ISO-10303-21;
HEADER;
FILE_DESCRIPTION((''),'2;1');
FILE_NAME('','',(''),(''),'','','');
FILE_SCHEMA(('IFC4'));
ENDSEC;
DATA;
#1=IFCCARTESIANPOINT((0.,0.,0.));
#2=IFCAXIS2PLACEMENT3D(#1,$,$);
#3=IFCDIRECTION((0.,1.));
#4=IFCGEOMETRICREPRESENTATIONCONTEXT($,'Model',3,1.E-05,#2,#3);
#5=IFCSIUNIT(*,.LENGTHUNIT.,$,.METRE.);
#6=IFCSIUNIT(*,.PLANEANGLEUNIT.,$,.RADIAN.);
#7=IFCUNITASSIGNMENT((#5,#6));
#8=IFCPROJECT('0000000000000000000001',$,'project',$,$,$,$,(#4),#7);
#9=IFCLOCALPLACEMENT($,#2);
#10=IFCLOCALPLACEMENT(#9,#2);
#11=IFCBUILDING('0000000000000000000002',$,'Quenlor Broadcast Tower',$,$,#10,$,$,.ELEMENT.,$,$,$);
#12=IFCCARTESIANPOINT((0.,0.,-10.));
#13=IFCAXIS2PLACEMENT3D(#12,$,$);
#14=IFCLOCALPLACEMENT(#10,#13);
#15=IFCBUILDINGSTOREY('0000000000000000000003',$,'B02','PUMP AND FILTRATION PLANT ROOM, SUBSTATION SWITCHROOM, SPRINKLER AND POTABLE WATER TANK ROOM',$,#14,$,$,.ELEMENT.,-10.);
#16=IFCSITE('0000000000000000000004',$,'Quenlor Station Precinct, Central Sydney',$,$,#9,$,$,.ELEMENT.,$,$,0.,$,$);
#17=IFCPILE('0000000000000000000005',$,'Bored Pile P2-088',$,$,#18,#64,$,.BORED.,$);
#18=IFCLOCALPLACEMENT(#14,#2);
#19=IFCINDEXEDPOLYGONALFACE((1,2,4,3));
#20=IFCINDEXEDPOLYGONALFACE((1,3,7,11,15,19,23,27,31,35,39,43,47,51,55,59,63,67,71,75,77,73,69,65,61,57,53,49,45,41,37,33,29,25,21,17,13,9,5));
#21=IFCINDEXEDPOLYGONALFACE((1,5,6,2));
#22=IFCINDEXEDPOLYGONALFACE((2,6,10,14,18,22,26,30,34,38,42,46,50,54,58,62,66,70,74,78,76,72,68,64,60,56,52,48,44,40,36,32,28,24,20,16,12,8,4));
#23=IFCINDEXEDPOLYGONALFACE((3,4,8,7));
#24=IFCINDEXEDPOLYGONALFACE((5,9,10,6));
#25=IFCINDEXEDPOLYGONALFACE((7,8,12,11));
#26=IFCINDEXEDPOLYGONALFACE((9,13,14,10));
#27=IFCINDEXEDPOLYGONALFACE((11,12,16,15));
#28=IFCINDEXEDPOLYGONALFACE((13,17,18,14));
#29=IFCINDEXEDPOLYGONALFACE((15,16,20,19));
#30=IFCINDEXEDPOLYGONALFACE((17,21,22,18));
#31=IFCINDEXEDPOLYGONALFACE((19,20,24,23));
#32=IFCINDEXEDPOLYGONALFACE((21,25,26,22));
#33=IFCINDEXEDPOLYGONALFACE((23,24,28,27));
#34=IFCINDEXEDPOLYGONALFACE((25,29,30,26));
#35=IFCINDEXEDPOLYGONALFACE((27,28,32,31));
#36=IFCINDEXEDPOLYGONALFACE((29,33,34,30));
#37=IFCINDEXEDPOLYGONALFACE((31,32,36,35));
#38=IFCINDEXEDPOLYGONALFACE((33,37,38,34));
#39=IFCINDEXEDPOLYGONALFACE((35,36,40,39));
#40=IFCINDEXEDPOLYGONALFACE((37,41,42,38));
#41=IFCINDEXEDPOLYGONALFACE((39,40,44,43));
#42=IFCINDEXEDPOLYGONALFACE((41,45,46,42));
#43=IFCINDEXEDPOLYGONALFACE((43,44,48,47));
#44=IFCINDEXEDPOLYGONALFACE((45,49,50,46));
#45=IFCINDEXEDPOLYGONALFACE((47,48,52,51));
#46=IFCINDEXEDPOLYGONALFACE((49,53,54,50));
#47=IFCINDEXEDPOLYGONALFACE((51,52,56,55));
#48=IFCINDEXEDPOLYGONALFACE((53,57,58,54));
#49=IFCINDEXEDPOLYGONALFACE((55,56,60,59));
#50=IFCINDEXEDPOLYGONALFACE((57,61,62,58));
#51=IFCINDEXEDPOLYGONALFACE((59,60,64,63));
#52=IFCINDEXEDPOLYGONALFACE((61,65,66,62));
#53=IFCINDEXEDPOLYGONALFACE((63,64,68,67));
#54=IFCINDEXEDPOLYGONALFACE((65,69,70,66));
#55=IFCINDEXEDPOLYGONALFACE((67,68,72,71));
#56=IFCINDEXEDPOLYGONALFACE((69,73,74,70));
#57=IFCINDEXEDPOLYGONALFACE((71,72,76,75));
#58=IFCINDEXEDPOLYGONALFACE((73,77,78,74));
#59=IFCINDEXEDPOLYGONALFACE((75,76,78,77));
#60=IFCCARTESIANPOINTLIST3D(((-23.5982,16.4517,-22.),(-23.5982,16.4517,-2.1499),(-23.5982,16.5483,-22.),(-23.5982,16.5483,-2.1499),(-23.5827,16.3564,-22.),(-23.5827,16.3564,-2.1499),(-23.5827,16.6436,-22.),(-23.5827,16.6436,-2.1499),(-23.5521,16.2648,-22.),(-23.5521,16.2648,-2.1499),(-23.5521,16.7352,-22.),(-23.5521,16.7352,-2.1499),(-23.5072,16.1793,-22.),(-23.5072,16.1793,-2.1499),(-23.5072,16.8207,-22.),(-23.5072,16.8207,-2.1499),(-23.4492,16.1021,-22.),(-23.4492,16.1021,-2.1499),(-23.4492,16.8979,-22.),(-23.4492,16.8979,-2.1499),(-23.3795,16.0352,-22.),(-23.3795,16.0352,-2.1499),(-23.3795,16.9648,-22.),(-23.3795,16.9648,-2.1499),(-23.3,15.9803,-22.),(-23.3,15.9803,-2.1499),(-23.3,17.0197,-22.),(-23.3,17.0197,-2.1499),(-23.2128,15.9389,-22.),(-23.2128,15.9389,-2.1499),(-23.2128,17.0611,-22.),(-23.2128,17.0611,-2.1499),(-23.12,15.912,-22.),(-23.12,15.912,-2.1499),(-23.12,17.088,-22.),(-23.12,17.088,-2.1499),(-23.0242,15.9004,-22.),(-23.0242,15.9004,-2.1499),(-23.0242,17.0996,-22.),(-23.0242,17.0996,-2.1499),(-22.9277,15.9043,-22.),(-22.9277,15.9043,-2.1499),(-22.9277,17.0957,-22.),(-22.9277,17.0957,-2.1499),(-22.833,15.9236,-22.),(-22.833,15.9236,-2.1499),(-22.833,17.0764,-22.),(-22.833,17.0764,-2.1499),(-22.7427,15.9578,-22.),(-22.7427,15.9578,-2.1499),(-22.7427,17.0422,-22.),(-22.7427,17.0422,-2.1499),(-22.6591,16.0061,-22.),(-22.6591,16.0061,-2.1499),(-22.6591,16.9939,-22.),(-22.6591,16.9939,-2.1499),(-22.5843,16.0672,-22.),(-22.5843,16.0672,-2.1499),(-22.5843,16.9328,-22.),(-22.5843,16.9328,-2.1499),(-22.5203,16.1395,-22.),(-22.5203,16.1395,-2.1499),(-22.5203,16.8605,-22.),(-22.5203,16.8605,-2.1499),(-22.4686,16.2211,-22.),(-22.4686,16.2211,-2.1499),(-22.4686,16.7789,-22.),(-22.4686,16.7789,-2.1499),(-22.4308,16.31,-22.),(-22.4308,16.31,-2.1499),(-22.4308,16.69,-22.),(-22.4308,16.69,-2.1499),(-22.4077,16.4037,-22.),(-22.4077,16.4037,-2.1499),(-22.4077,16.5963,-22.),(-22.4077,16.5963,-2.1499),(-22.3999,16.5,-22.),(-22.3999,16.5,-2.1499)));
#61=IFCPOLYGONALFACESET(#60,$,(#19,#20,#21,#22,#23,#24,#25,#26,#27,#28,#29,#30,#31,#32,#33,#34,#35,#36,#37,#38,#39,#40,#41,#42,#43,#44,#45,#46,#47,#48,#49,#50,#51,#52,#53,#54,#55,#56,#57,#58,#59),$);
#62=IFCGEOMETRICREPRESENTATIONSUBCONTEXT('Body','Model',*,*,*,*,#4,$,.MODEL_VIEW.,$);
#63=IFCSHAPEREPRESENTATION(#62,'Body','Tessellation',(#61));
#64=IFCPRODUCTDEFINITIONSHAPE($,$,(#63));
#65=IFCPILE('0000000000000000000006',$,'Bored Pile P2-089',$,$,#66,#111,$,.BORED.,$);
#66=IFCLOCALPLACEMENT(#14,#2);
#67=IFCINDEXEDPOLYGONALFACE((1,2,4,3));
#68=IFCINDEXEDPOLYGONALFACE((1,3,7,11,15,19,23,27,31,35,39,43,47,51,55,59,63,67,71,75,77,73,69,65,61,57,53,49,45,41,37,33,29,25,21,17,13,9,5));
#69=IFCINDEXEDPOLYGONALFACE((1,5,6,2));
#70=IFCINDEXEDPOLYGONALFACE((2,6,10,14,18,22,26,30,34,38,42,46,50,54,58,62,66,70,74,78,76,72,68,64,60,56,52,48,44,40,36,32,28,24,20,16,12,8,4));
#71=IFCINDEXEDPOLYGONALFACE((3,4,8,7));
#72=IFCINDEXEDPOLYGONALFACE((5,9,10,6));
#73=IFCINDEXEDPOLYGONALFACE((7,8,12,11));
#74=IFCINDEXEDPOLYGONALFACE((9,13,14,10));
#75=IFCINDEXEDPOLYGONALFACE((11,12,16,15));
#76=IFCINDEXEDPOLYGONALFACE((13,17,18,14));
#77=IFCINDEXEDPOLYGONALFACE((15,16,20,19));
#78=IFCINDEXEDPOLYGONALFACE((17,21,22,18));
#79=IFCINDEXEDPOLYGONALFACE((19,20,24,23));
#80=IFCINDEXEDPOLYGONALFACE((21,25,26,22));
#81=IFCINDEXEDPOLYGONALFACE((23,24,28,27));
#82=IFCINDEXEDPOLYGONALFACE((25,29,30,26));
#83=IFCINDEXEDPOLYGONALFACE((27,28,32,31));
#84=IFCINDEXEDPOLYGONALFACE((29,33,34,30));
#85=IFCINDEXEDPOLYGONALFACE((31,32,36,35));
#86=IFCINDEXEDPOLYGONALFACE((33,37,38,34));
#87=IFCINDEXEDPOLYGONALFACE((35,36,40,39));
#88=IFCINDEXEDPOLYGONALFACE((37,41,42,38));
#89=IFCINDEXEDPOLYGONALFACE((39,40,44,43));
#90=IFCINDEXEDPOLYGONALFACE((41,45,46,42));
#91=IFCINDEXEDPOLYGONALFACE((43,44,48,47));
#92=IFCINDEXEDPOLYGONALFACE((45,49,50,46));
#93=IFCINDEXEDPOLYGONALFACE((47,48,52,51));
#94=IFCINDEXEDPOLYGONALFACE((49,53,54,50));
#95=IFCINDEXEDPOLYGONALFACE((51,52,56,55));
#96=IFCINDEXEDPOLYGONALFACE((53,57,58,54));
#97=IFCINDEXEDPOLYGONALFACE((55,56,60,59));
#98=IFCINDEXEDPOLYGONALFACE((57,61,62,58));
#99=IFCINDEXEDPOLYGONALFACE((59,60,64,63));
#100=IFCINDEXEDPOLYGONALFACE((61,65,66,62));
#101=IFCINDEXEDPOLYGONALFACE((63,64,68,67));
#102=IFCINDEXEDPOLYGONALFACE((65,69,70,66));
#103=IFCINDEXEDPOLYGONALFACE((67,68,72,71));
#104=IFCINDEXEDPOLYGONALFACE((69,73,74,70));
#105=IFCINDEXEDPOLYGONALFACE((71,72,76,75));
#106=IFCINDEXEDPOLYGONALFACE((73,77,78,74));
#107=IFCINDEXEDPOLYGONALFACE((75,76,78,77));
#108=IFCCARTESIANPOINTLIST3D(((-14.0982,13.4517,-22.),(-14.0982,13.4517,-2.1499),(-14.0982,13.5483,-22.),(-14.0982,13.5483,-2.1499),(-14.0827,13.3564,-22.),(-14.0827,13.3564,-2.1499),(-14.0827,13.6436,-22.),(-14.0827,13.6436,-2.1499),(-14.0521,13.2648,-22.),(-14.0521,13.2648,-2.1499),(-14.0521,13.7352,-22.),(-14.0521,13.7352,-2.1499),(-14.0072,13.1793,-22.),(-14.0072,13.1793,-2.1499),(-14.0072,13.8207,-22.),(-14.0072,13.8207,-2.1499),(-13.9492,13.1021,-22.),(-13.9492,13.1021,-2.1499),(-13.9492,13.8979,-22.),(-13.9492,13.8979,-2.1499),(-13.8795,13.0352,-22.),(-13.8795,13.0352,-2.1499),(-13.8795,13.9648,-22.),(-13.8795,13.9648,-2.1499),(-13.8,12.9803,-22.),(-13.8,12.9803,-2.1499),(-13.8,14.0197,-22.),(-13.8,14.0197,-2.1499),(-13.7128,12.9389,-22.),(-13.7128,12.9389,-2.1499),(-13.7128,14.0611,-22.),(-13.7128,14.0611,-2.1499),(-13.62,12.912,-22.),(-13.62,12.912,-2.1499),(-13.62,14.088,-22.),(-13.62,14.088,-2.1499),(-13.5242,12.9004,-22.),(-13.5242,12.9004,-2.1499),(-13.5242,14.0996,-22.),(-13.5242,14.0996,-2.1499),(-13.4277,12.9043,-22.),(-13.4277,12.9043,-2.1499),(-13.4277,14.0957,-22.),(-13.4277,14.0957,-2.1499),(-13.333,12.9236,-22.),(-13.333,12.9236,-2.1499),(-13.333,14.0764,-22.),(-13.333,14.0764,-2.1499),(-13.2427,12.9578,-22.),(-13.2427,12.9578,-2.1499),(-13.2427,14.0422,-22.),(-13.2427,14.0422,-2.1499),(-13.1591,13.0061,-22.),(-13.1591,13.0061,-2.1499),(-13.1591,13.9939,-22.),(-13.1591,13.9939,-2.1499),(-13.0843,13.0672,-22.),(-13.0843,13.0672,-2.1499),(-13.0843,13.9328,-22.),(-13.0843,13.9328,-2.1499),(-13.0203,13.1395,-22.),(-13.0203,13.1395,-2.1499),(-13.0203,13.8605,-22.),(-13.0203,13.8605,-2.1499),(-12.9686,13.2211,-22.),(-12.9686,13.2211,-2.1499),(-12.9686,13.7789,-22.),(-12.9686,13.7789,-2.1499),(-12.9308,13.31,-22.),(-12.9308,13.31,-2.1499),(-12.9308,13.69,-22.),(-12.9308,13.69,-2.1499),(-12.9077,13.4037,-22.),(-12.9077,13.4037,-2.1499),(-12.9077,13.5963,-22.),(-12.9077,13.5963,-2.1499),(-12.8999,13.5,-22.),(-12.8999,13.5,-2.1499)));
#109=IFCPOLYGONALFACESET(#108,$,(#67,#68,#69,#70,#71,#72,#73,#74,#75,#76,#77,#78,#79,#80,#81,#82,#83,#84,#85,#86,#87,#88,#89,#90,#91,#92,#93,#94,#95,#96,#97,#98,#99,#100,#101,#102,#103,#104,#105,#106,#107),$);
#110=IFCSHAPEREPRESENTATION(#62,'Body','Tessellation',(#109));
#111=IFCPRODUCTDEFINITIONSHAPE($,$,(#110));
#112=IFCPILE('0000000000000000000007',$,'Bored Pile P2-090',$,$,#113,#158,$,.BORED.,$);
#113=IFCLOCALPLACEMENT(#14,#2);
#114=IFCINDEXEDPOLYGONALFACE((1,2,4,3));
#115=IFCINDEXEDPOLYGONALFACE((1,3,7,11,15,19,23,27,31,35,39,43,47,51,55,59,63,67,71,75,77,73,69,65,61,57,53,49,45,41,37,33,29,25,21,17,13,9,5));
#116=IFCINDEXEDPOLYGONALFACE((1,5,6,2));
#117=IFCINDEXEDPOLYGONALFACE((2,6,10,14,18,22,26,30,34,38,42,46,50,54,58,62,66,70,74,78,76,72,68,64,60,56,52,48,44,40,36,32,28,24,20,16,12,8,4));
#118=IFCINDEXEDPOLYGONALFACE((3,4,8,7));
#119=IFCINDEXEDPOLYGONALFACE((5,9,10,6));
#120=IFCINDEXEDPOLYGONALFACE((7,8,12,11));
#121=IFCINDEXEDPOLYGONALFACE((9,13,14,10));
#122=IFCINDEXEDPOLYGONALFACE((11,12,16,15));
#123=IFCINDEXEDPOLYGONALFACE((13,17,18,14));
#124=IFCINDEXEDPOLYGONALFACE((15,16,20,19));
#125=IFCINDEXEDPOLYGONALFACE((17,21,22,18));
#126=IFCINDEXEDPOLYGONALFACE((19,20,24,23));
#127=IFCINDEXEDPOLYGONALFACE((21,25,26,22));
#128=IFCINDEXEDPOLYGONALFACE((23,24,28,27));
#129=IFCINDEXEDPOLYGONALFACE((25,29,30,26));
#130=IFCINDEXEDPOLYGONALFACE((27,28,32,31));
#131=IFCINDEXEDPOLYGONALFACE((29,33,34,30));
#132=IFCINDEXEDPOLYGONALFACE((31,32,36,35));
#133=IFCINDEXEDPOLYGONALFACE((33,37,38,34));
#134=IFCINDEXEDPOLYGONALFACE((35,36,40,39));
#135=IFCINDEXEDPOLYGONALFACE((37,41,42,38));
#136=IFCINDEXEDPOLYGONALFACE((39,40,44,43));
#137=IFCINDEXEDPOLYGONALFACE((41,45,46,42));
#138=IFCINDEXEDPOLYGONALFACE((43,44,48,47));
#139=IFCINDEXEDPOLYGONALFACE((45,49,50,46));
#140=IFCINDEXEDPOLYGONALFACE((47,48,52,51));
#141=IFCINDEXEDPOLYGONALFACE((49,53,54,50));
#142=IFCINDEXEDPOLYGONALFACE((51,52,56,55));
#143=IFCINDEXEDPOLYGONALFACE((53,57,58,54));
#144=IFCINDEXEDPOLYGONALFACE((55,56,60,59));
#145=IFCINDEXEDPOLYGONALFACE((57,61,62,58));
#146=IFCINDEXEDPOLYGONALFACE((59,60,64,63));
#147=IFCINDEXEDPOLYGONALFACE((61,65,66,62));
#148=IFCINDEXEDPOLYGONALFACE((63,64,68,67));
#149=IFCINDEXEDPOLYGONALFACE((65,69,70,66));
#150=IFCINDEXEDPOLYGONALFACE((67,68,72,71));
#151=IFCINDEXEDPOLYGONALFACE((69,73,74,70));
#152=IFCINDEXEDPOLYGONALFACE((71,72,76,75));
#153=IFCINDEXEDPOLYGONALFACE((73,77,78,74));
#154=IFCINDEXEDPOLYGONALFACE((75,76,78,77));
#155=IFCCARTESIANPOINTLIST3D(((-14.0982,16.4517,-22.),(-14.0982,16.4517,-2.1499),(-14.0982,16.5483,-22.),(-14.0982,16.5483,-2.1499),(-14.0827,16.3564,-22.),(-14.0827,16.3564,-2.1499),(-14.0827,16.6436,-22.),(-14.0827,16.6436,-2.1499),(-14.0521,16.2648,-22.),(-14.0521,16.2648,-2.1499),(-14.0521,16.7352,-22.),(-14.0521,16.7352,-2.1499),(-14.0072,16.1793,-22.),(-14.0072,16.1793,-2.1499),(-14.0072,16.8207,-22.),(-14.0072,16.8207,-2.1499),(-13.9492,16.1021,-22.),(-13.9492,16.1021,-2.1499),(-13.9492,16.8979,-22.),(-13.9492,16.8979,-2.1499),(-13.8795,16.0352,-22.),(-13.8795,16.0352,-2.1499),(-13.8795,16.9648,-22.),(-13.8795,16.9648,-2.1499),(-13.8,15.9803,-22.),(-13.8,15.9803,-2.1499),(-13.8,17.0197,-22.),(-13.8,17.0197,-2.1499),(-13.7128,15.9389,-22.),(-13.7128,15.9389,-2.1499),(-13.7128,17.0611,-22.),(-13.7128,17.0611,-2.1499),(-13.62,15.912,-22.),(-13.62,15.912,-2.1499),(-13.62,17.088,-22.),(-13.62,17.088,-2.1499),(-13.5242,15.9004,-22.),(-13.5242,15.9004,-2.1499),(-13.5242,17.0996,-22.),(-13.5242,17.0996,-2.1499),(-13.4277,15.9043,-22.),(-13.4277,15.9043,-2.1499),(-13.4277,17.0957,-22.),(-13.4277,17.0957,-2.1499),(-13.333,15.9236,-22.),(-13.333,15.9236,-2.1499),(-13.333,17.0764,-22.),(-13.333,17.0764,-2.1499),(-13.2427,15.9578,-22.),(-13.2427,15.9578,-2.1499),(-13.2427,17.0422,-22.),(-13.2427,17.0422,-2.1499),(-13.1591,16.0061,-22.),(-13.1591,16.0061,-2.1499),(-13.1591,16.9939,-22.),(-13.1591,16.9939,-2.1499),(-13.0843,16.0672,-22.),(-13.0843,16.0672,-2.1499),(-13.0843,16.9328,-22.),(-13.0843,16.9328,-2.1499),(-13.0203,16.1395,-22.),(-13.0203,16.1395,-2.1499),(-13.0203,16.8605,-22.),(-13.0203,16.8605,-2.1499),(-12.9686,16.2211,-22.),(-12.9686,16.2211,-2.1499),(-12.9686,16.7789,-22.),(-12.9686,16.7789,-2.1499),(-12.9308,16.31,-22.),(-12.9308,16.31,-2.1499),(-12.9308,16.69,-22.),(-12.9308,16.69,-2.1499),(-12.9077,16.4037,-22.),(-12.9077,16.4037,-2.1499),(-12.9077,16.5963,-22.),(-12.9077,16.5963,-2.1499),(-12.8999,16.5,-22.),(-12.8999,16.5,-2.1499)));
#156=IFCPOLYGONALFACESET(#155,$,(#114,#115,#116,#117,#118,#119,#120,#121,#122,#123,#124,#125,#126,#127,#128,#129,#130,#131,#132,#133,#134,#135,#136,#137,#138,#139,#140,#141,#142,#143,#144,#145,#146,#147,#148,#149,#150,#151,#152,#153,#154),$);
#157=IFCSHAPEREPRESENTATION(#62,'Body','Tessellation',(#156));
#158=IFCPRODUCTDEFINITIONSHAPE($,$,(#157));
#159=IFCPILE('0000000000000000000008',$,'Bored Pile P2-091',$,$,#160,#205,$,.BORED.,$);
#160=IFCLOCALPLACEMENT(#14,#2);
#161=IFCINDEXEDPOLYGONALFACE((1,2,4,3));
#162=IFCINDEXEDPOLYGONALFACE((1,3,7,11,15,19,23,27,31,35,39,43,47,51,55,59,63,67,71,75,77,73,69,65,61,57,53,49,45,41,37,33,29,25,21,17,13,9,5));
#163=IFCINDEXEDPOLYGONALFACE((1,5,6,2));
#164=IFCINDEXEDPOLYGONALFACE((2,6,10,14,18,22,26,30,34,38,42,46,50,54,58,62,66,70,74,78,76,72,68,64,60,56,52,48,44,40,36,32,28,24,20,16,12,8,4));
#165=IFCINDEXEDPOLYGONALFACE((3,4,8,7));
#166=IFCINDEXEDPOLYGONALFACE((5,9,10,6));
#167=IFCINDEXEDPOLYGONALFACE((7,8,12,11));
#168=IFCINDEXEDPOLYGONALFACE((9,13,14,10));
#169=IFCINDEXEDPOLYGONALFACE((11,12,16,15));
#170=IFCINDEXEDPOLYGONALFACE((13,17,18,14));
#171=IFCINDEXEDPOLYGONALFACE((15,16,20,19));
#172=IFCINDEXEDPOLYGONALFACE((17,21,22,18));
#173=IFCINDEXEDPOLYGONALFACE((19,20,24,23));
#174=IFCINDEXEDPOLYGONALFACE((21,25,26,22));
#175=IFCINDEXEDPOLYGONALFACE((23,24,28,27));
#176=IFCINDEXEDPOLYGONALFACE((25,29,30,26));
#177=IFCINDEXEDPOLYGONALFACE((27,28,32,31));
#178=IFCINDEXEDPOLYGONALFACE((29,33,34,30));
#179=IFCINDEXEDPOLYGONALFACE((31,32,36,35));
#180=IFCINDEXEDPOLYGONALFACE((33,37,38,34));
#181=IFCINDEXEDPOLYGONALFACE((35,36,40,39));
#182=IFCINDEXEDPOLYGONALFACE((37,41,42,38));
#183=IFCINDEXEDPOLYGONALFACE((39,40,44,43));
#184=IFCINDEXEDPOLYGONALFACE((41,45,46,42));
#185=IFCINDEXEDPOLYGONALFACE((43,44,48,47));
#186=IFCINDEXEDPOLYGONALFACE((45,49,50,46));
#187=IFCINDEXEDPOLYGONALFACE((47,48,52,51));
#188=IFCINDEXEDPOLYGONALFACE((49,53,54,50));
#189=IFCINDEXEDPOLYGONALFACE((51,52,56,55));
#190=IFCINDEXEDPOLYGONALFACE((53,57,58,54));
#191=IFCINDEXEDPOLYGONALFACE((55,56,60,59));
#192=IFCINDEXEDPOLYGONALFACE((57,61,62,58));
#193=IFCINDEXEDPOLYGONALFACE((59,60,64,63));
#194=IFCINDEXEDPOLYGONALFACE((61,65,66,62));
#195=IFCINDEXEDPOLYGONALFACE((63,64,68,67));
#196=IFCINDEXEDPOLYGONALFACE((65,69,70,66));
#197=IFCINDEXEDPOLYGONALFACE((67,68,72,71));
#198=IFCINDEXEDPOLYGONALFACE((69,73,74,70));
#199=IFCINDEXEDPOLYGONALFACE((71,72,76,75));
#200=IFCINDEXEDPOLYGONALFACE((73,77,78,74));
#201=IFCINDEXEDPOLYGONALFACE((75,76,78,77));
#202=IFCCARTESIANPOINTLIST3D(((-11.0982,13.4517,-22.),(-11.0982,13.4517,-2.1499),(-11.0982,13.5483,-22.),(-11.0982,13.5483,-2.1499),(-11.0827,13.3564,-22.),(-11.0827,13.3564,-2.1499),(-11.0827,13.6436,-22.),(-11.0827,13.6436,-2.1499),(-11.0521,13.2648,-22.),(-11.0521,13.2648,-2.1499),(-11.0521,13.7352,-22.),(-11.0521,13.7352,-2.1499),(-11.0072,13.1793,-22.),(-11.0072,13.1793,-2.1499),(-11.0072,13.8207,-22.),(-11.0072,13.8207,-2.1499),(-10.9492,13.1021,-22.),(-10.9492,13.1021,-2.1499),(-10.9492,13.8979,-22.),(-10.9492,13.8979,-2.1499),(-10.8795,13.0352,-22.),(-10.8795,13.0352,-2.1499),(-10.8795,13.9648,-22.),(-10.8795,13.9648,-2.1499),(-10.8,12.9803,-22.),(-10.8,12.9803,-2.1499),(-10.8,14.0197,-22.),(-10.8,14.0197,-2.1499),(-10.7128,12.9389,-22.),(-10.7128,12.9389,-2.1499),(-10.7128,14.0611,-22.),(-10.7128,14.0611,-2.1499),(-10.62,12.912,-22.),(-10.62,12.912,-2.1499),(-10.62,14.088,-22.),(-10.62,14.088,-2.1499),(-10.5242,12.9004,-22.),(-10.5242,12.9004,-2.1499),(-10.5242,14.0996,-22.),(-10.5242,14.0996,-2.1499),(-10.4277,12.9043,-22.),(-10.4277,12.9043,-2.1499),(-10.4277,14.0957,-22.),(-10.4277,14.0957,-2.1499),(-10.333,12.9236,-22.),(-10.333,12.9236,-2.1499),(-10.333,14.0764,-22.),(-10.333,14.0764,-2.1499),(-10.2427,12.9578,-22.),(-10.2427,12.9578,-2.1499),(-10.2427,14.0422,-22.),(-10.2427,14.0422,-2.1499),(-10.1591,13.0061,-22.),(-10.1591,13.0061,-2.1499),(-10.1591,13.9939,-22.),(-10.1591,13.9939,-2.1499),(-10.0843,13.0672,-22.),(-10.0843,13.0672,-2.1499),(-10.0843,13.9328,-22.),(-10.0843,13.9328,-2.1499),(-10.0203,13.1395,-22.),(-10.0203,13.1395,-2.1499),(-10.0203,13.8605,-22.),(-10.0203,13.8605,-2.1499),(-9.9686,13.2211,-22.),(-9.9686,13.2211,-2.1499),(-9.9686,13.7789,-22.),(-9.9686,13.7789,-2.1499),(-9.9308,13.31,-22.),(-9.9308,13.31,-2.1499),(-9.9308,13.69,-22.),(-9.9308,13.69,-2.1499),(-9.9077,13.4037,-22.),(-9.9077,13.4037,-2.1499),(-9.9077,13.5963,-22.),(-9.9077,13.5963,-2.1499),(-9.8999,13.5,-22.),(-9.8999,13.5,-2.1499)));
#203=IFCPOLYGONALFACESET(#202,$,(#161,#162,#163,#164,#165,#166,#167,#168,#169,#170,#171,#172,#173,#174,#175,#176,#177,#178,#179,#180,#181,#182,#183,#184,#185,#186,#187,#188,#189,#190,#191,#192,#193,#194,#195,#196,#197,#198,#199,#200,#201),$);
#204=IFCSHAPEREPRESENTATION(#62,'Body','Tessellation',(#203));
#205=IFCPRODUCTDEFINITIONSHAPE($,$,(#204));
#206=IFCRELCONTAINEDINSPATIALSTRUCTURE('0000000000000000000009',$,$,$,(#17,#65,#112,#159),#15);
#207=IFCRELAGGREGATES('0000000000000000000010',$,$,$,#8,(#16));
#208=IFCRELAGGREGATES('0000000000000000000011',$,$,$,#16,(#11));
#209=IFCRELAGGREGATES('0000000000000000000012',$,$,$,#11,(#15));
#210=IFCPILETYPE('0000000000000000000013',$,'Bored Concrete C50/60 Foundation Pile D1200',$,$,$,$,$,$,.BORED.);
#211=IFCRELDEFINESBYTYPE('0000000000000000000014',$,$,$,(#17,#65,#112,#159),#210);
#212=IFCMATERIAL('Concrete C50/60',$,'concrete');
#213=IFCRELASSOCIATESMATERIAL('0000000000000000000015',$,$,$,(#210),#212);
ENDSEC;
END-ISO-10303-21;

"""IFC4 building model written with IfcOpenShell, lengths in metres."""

from ifc_helpers import new_model, si_unit, direction, frame, origin, origin_2d, place, context, subcontext, project, spatial, circle, extrude, material, material_profile, profile_set, type_object, element, save


model = new_model("IFC4")

# Units and contexts
model_context = context("Model", 3, precision=1e-05, world=origin(), true_north=direction((0.0, 1.0)))
body_context = subcontext(model_context, "Body", "Model", "MODEL_VIEW")
ifc_project = project(units=[si_unit("LENGTHUNIT", "METRE"), si_unit("PLANEANGLEUNIT", "RADIAN")], contexts=[model_context])

# Site, building, storey
site_placement = place(None, origin())
site = spatial("IfcSite", under=ifc_project, at=site_placement, Name="Quenlor Station Precinct, Central Sydney", CompositionType="ELEMENT", RefElevation=0.0)
building_placement = place(site_placement, origin())
building = spatial("IfcBuilding", under=site, at=building_placement, Name="Quenlor Broadcast Tower", CompositionType="ELEMENT")
storey_placement = place(building_placement, frame((0.0, 0.0, -10.0)))
storey = spatial("IfcBuildingStorey", under=building, at=storey_placement, Name="B02", Description="PUMP AND FILTRATION PLANT ROOM, SUBSTATION SWITCHROOM, SPRINKLER AND POTABLE WATER TANK ROOM", CompositionType="ELEMENT", Elevation=-10.0)

# Piles
ifc_material_1 = material(Name="Concrete C50/60", Category="concrete")
ifc_material_profile_1 = material_profile(ifc_material_1, circle(Radius=0.6001, at=origin_2d()))
ifc_profile_set_1 = profile_set([ifc_material_profile_1], Name="Concrete C50/60 PILE1200")
pile_type = type_object("IfcPileType", Name="Bored Concrete C50/60 Foundation Pile D1200", PredefinedType="BORED", material=ifc_profile_set_1)
for number, where, z_axis, x_axis, name in (
    (1, (-23.0, 16.5, -2.1499), (0.0, 0.0, -1.0), (1.0, 0.0, 0.0), "Bored Pile P2-088"),
    (2, (-13.5, 13.5, -2.1499), (0.0, 0.0, -1.0), (1.0, 0.0, 0.0), "Bored Pile P2-089"),
    (3, (-13.5, 16.5, -2.1499), (0.0, 0.0, -1.0), (1.0, 0.0, 0.0), "Bored Pile P2-090"),
    (4, (-10.5, 13.5, -2.1499), (0.0, 0.0, -1.0), (1.0, 0.0, 0.0), "Bored Pile P2-091"),
):
    element("IfcPile", number, at=place(storey_placement, frame(where, z_axis=z_axis, x_axis=x_axis)), inside=storey, type_object=pile_type, Name=name, PredefinedType="BORED", context=body_context, shape_type="SweptSolid", body=[
        extrude(circle(Radius=0.6001, at=origin_2d()), origin(), (0.0, 0.0, 1.0), 19.8501),
    ])

save(model, "model.ifc")
